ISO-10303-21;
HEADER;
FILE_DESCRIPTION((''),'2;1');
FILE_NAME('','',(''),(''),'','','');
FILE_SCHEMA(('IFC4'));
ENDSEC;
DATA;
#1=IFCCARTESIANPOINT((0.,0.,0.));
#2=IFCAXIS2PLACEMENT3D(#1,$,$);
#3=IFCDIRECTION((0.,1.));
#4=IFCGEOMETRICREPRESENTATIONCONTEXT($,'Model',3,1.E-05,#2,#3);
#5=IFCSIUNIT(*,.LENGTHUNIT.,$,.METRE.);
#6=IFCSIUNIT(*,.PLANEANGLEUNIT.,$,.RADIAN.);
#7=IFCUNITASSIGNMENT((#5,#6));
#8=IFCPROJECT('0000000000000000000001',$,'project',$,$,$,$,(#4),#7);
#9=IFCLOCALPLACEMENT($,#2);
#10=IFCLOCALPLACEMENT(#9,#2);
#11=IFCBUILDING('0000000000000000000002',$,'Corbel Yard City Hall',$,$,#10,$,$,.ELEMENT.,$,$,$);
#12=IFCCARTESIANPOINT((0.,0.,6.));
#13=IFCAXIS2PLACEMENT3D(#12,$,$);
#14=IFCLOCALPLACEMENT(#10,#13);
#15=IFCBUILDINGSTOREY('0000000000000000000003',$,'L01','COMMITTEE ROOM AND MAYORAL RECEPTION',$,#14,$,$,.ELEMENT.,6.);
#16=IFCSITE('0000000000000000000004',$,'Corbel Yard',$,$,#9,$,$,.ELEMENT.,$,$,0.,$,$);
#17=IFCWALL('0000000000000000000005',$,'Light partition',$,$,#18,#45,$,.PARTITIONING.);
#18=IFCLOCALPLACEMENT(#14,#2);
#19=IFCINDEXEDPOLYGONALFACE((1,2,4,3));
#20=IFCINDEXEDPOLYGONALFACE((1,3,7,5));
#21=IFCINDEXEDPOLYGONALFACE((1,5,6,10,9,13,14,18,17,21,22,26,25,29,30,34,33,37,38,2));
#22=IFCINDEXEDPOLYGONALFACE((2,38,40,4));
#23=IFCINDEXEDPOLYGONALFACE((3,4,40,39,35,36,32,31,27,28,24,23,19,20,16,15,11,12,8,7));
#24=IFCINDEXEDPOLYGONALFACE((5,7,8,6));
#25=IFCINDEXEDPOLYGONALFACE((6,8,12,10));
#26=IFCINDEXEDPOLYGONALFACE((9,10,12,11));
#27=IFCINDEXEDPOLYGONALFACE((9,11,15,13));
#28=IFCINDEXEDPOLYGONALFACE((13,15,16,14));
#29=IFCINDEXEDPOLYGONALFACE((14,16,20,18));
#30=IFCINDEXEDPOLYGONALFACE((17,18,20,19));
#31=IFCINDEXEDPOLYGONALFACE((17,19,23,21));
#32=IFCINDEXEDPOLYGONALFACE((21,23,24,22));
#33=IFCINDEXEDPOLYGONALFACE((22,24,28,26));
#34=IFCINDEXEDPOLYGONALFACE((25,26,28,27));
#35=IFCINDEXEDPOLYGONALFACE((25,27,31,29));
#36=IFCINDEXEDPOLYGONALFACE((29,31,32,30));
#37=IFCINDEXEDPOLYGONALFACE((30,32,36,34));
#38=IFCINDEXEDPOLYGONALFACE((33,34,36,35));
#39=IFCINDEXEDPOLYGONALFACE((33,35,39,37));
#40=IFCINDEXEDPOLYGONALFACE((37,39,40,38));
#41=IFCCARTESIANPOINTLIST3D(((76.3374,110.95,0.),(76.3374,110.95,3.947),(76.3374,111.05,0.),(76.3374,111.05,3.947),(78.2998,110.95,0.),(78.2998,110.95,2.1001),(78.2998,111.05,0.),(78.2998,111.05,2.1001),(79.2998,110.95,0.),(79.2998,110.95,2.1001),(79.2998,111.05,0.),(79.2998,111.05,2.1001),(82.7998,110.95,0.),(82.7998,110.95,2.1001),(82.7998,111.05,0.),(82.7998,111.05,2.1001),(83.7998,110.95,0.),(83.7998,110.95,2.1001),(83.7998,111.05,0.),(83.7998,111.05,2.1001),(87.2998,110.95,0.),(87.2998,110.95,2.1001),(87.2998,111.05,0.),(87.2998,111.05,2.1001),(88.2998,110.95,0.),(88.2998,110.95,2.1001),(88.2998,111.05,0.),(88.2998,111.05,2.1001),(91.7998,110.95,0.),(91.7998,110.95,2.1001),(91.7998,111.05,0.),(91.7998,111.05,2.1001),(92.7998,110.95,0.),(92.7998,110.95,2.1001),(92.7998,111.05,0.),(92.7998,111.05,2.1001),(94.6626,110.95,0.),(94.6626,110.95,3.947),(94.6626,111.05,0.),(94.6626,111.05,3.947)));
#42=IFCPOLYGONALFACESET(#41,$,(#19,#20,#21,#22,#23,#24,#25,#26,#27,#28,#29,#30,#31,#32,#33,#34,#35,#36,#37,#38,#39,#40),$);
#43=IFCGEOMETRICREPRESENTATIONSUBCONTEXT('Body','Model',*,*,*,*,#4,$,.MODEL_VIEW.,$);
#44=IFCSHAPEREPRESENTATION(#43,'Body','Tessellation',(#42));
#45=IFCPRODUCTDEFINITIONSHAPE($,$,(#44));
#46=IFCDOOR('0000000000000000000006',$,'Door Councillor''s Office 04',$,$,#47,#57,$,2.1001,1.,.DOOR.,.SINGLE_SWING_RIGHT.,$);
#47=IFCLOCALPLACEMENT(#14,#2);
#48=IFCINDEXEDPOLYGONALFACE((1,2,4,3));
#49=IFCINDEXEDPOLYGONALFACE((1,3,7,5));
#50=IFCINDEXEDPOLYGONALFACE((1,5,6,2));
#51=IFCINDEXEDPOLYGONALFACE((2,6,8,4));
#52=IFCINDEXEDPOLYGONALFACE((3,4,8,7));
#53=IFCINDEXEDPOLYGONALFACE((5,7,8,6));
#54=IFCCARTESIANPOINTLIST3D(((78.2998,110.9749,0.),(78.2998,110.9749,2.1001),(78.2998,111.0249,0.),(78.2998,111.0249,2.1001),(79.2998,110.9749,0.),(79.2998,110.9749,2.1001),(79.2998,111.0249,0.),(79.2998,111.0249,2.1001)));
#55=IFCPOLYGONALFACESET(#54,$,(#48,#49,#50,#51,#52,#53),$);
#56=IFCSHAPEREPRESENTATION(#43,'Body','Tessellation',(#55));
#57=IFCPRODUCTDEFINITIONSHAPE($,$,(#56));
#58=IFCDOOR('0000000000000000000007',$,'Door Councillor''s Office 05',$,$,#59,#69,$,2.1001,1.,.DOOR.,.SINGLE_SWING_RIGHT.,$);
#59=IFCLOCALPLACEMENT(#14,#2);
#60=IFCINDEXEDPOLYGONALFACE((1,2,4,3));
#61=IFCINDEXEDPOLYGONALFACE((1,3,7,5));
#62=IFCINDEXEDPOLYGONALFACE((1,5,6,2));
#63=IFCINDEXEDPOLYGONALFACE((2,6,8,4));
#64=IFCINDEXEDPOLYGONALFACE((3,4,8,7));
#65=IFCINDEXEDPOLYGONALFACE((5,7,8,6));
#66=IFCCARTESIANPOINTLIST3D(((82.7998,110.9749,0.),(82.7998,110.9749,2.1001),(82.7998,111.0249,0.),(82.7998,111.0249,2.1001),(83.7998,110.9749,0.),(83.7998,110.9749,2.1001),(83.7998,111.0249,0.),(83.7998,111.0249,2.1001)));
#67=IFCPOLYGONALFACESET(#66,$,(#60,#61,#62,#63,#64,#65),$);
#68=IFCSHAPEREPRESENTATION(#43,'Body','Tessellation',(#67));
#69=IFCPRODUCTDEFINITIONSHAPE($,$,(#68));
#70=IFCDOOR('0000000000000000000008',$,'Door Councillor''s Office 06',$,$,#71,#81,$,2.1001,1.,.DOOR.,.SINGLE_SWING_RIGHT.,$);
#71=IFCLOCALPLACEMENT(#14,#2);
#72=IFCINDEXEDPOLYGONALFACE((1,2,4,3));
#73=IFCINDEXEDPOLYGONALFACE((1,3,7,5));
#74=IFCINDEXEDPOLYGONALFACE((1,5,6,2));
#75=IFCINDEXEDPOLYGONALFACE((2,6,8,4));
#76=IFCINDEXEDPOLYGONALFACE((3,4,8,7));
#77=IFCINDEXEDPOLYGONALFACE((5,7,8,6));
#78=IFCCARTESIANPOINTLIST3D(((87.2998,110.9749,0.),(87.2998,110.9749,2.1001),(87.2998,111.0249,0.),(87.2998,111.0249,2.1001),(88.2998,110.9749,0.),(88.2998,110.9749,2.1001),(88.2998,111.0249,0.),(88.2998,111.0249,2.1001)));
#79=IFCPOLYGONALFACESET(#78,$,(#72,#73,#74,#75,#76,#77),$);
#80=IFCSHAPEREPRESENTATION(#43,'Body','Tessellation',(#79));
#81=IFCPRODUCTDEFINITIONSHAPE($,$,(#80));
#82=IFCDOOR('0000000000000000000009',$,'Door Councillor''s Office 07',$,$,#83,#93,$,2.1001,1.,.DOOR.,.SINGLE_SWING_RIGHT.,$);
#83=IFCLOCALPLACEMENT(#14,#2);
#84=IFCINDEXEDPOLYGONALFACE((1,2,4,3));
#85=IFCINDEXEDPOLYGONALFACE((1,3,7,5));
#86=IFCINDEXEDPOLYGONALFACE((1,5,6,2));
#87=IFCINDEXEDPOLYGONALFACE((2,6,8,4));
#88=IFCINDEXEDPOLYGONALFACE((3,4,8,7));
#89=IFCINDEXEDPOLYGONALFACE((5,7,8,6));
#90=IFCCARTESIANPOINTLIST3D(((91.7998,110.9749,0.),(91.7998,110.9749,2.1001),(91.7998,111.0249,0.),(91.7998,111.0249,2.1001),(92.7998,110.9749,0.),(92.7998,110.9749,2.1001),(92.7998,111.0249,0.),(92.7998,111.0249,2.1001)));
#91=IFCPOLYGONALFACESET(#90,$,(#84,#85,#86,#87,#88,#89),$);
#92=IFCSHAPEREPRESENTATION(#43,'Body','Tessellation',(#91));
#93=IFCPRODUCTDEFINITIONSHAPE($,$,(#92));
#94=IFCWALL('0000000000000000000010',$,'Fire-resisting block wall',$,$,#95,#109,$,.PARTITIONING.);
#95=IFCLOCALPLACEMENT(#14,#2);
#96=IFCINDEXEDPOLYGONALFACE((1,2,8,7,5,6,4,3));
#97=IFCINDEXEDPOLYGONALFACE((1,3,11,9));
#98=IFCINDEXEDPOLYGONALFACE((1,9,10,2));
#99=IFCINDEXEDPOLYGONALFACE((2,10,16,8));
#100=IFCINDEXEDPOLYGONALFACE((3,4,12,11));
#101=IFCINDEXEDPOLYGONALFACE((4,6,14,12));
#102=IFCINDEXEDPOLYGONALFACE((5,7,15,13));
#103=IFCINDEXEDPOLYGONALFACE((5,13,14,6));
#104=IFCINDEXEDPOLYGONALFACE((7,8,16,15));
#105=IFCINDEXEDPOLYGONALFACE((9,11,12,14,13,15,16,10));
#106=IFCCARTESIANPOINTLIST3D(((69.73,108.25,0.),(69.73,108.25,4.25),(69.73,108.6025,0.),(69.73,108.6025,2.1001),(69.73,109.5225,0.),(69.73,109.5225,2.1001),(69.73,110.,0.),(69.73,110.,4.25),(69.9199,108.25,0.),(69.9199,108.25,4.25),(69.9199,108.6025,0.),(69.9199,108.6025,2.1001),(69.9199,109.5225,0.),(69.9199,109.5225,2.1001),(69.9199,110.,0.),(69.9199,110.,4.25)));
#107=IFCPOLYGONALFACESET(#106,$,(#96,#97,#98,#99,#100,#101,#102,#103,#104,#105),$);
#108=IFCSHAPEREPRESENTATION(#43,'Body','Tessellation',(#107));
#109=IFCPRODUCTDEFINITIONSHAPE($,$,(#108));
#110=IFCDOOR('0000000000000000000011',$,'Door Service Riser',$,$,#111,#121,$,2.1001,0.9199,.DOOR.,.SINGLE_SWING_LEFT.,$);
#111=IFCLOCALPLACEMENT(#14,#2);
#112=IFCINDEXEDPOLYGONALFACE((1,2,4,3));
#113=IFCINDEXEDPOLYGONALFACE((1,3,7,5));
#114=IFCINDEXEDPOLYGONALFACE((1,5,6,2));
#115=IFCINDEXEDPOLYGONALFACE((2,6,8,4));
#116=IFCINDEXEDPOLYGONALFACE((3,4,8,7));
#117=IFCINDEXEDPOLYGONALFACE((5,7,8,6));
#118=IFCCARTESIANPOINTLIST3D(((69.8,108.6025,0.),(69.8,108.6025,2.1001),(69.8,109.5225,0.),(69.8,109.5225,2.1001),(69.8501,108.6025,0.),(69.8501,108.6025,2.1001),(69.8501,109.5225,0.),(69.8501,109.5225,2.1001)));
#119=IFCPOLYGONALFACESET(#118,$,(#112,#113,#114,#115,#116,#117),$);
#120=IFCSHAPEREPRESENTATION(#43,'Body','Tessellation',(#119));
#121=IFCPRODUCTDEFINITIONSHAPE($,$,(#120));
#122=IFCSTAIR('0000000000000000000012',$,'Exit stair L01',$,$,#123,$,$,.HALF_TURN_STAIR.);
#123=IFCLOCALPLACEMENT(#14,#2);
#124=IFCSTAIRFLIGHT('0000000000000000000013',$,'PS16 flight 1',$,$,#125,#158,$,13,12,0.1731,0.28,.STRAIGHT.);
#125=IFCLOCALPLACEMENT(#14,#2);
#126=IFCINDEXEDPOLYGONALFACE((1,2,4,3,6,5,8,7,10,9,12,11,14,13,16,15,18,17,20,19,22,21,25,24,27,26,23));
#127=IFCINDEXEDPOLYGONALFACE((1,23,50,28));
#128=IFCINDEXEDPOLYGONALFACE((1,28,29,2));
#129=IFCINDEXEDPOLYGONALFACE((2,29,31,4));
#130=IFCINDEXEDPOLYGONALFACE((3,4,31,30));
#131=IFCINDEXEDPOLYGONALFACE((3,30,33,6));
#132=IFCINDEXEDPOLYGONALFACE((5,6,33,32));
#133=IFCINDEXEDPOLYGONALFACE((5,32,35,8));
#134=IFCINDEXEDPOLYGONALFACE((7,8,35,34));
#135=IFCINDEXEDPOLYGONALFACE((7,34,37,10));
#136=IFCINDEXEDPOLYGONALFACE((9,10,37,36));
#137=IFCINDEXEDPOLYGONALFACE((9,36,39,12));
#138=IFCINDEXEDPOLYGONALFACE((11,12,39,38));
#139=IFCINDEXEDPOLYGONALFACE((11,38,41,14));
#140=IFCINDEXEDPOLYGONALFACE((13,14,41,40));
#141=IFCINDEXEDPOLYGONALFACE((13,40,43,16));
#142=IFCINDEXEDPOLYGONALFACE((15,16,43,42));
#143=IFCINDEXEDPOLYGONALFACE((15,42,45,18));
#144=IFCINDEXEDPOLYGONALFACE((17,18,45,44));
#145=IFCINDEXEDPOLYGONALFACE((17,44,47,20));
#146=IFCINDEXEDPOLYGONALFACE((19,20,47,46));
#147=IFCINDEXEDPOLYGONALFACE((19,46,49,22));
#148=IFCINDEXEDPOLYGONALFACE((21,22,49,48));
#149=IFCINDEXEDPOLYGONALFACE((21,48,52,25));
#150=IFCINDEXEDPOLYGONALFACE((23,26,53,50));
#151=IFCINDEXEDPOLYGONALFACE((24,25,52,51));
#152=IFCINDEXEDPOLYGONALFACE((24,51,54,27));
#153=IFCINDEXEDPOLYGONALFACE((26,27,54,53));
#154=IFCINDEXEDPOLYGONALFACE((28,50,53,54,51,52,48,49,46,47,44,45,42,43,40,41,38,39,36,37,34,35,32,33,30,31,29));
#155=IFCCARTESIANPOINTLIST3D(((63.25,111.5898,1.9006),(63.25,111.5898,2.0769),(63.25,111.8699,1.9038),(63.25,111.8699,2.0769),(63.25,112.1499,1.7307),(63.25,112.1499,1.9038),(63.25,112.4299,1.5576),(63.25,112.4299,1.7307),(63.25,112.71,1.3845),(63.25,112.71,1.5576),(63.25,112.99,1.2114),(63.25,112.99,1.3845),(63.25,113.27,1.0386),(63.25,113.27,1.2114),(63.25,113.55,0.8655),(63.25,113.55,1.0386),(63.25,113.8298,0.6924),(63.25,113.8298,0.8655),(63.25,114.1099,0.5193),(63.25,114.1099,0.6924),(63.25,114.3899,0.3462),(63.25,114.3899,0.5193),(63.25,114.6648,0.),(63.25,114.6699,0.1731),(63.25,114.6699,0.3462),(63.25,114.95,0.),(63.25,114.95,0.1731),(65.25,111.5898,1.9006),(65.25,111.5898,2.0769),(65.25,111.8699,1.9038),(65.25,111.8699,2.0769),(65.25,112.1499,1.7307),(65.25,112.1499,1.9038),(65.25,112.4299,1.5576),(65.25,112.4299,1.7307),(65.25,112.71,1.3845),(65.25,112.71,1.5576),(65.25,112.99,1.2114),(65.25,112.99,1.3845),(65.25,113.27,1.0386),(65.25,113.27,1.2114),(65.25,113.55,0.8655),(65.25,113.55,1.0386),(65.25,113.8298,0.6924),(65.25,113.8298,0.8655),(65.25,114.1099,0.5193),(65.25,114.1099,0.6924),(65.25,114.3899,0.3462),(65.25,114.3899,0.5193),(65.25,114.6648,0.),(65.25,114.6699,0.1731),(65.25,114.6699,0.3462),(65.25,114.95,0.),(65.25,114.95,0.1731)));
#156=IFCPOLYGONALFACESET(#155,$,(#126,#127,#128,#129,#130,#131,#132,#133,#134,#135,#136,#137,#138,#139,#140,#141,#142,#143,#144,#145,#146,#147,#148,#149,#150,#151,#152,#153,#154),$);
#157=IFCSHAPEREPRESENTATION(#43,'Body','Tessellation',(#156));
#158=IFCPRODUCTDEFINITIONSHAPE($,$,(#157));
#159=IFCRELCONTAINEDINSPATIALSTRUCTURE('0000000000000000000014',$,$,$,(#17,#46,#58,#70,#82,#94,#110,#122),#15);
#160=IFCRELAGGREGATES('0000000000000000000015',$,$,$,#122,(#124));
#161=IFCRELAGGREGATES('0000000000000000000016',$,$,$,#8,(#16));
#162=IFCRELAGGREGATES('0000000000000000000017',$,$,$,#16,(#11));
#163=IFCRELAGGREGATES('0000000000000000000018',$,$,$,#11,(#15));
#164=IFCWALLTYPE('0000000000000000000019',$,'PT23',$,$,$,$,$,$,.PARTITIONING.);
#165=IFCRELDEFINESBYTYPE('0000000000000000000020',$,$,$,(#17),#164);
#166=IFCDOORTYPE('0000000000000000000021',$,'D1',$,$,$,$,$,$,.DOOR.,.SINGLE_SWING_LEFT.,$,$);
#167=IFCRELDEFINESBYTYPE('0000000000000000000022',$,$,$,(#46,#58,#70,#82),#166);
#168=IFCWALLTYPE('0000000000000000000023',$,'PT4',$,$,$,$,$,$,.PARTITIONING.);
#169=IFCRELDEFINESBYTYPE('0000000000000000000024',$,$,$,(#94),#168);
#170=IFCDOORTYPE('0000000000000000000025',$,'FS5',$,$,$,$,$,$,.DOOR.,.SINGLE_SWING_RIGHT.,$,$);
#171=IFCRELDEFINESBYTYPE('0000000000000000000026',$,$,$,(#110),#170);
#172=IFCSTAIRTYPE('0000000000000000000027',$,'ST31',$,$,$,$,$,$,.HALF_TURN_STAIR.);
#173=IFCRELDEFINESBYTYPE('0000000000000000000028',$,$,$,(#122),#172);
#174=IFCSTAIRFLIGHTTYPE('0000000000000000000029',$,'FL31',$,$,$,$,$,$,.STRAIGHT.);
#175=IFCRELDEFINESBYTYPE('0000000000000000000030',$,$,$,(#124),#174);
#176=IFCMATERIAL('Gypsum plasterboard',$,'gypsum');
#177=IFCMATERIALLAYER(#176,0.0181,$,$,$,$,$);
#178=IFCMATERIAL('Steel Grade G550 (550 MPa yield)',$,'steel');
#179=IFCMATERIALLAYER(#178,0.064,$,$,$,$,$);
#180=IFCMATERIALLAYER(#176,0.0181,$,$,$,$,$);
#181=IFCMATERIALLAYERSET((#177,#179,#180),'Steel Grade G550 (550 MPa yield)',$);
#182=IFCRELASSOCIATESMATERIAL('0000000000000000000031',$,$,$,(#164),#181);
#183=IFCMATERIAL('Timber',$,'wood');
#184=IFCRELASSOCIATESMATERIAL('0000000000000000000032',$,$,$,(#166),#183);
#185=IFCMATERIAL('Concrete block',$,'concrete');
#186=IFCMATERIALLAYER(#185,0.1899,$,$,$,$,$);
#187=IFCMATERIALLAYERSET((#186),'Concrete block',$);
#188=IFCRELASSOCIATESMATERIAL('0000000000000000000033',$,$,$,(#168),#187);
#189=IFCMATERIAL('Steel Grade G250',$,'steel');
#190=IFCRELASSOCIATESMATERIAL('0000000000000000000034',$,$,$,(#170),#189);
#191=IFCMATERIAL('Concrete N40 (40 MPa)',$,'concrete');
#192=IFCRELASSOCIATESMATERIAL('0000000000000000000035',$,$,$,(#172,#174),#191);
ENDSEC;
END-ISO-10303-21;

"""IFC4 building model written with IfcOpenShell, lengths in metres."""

from ifc_helpers import new_model, si_unit, direction, frame, frame_2d, origin, place, context, subcontext, project, spatial, polyline, rectangle, outline, extrude, material, layer, layer_set, type_object, element, fill, aggregate, save


model = new_model("IFC4")

# Units and contexts
model_context = context("Model", 3, precision=1e-05, world=origin(), true_north=direction((0.0, 1.0)))
body_context = subcontext(model_context, "Body", "Model", "MODEL_VIEW")
ifc_project = project(units=[si_unit("LENGTHUNIT", "METRE"), si_unit("PLANEANGLEUNIT", "RADIAN")], contexts=[model_context])

# Site, building, storey
site_placement = place(None, origin())
site = spatial("IfcSite", under=ifc_project, at=site_placement, Name="Corbel Yard", CompositionType="ELEMENT", RefElevation=0.0)
building_placement = place(site_placement, origin())
building = spatial("IfcBuilding", under=site, at=building_placement, Name="Corbel Yard City Hall", CompositionType="ELEMENT")
storey_placement = place(building_placement, frame((0.0, 0.0, 6.0)))
storey = spatial("IfcBuildingStorey", under=building, at=storey_placement, Name="L01", Description="COMMITTEE ROOM AND MAYORAL RECEPTION", CompositionType="ELEMENT", Elevation=6.0)

# Shared definitions
ifc_material_1 = material(Name="Concrete N40 (40 MPa)", Category="concrete")
ifc_material_2 = material(Name="Steel Grade G250", Category="steel")

# Shared definitions
ifc_material_3 = material(Name="Gypsum plasterboard", Category="gypsum")
ifc_material_4 = material(Name="Steel Grade G550 (550 MPa yield)", Category="steel")

# Shared definitions
ifc_layer_1 = layer(ifc_material_3, 0.0181)
ifc_layer_2 = layer(ifc_material_4, 0.064)
ifc_layer_3 = layer(ifc_material_3, 0.0181)
ifc_layer_set_1 = layer_set([ifc_layer_1, ifc_layer_2, ifc_layer_3], Name="Steel Grade G550 (550 MPa yield)")
wall_type_1 = type_object("IfcWallType", Name="PT23", PredefinedType="PARTITIONING", material=ifc_layer_set_1)
ifc_material_5 = material(Name="Timber", Category="wood")
door_type_1 = type_object("IfcDoorType", Name="D1", OperationType="SINGLE_SWING_LEFT", PredefinedType="DOOR", material=ifc_material_5)

# Wall, openings, doors
wall_1_placement = place(storey_placement, frame((76.3374, 111.0, 0.0), z_axis=(0.0, 0.0, 1.0), x_axis=(1.0, 0.0, 0.0)))
wall_1 = element("IfcWall", 1, at=wall_1_placement, inside=storey, type_object=wall_type_1, Name="Light partition", PredefinedType="PARTITIONING", context=body_context, shape_type="SweptSolid", body=[
    extrude(rectangle(XDim=18.3252, YDim=0.1001, at=frame_2d((9.1626, 0.0))), origin(), (0.0, 0.0, 1.0), 3.947),
])
opening_1_placement = place(wall_1_placement, frame((1.9624, 0.0, 0.0)))
opening_1 = element("IfcOpeningElement", 2, at=opening_1_placement, cuts=wall_1, PredefinedType="OPENING", context=body_context, shape_type="SweptSolid", body=[
    extrude(rectangle(XDim=1.0, YDim=2.1001, at=frame_2d((0.5, 1.05))), frame((0.0, 0.0601, 0.0), z_axis=(0.0, -1.0, 0.0), x_axis=(1.0, 0.0, 0.0)), (0.0, 0.0, 1.0), 0.1201),
])
opening_2_placement = place(wall_1_placement, frame((6.4624, 0.0, 0.0)))
opening_2 = element("IfcOpeningElement", 3, at=opening_2_placement, cuts=wall_1, PredefinedType="OPENING", context=body_context, shape_type="SweptSolid", body=[
    extrude(rectangle(XDim=1.0, YDim=2.1001, at=frame_2d((0.5, 1.05))), frame((0.0, 0.0601, 0.0), z_axis=(0.0, -1.0, 0.0), x_axis=(1.0, 0.0, 0.0)), (0.0, 0.0, 1.0), 0.1201),
])
opening_3_placement = place(wall_1_placement, frame((10.9624, 0.0, 0.0)))
opening_3 = element("IfcOpeningElement", 4, at=opening_3_placement, cuts=wall_1, PredefinedType="OPENING", context=body_context, shape_type="SweptSolid", body=[
    extrude(rectangle(XDim=1.0, YDim=2.1001, at=frame_2d((0.5, 1.05))), frame((0.0, 0.0601, 0.0), z_axis=(0.0, -1.0, 0.0), x_axis=(1.0, 0.0, 0.0)), (0.0, 0.0, 1.0), 0.1201),
])
opening_4_placement = place(wall_1_placement, frame((15.4624, 0.0, 0.0)))
opening_4 = element("IfcOpeningElement", 5, at=opening_4_placement, cuts=wall_1, PredefinedType="OPENING", context=body_context, shape_type="SweptSolid", body=[
    extrude(rectangle(XDim=1.0, YDim=2.1001, at=frame_2d((0.5, 1.05))), frame((0.0, 0.0601, 0.0), z_axis=(0.0, -1.0, 0.0), x_axis=(1.0, 0.0, 0.0)), (0.0, 0.0, 1.0), 0.1201),
])
door_1_placement = place(opening_1_placement, origin())
door_1 = element("IfcDoor", 6, at=door_1_placement, inside=storey, type_object=door_type_1, Name="Door Councillor's Office 04", OperationType="SINGLE_SWING_RIGHT", OverallHeight=2.1001, OverallWidth=1.0, PredefinedType="DOOR", context=body_context, shape_type="SweptSolid", body=[
    extrude(rectangle(XDim=1.0, YDim=2.1001, at=frame_2d((0.5, 1.05))), frame((0.0, 0.0249, 0.0), z_axis=(0.0, -1.0, 0.0), x_axis=(1.0, 0.0, 0.0)), (0.0, 0.0, 1.0), 0.05),
])
fill(opening_1, door_1)
door_2_placement = place(opening_2_placement, origin())
door_2 = element("IfcDoor", 7, at=door_2_placement, inside=storey, type_object=door_type_1, Name="Door Councillor's Office 05", OperationType="SINGLE_SWING_RIGHT", OverallHeight=2.1001, OverallWidth=1.0, PredefinedType="DOOR", context=body_context, shape_type="SweptSolid", body=[
    extrude(rectangle(XDim=1.0, YDim=2.1001, at=frame_2d((0.5, 1.05))), frame((0.0, 0.0249, 0.0), z_axis=(0.0, -1.0, 0.0), x_axis=(1.0, 0.0, 0.0)), (0.0, 0.0, 1.0), 0.05),
])
fill(opening_2, door_2)
door_3_placement = place(opening_3_placement, origin())
door_3 = element("IfcDoor", 8, at=door_3_placement, inside=storey, type_object=door_type_1, Name="Door Councillor's Office 06", OperationType="SINGLE_SWING_RIGHT", OverallHeight=2.1001, OverallWidth=1.0, PredefinedType="DOOR", context=body_context, shape_type="SweptSolid", body=[
    extrude(rectangle(XDim=1.0, YDim=2.1001, at=frame_2d((0.5, 1.05))), frame((0.0, 0.0249, 0.0), z_axis=(0.0, -1.0, 0.0), x_axis=(1.0, 0.0, 0.0)), (0.0, 0.0, 1.0), 0.05),
])
fill(opening_3, door_3)
door_4_placement = place(opening_4_placement, origin())
door_4 = element("IfcDoor", 9, at=door_4_placement, inside=storey, type_object=door_type_1, Name="Door Councillor's Office 07", OperationType="SINGLE_SWING_RIGHT", OverallHeight=2.1001, OverallWidth=1.0, PredefinedType="DOOR", context=body_context, shape_type="SweptSolid", body=[
    extrude(rectangle(XDim=1.0, YDim=2.1001, at=frame_2d((0.5, 1.05))), frame((0.0, 0.0249, 0.0), z_axis=(0.0, -1.0, 0.0), x_axis=(1.0, 0.0, 0.0)), (0.0, 0.0, 1.0), 0.05),
])
fill(opening_4, door_4)

# Wall, opening, door
ifc_material_6 = material(Name="Concrete block", Category="concrete")
ifc_layer_4 = layer(ifc_material_6, 0.1899)
ifc_layer_set_2 = layer_set([ifc_layer_4], Name="Concrete block")
wall_type_2 = type_object("IfcWallType", Name="PT4", PredefinedType="PARTITIONING", material=ifc_layer_set_2)
wall_2_placement = place(storey_placement, frame((69.825, 108.25, 0.0), z_axis=(0.0, 0.0, 1.0), x_axis=(0.0, 1.0, 0.0)))
wall_2 = element("IfcWall", 10, at=wall_2_placement, inside=storey, type_object=wall_type_2, Name="Fire-resisting block wall", PredefinedType="PARTITIONING", context=body_context, shape_type="SweptSolid", body=[
    extrude(rectangle(XDim=1.75, YDim=0.1899, at=frame_2d((0.875, 0.0))), origin(), (0.0, 0.0, 1.0), 4.25),
])
opening_5_placement = place(wall_2_placement, frame((0.3525, 0.0, 0.0)))
opening_5 = element("IfcOpeningElement", 11, at=opening_5_placement, cuts=wall_2, PredefinedType="OPENING", context=body_context, shape_type="SweptSolid", body=[
    extrude(rectangle(XDim=0.9199, YDim=2.1001, at=frame_2d((0.46, 1.05))), frame((0.0, 0.105, 0.0), z_axis=(0.0, -1.0, 0.0), x_axis=(1.0, 0.0, 0.0)), (0.0, 0.0, 1.0), 0.21),
])
door_type_2 = type_object("IfcDoorType", Name="FS5", OperationType="SINGLE_SWING_RIGHT", PredefinedType="DOOR", material=ifc_material_2)
door_5_placement = place(opening_5_placement, origin())
door_5 = element("IfcDoor", 12, at=door_5_placement, inside=storey, type_object=door_type_2, Name="Door Service Riser", OperationType="SINGLE_SWING_LEFT", OverallHeight=2.1001, OverallWidth=0.9199, PredefinedType="DOOR", context=body_context, shape_type="SweptSolid", body=[
    extrude(rectangle(XDim=0.9199, YDim=2.1001, at=frame_2d((0.46, 1.05))), frame((0.0, 0.0249, 0.0), z_axis=(0.0, -1.0, 0.0), x_axis=(1.0, 0.0, 0.0)), (0.0, 0.0, 1.0), 0.05),
])
fill(opening_5, door_5)

# Stair, stair flight
stair_type = type_object("IfcStairType", Name="ST31", PredefinedType="HALF_TURN_STAIR", material=ifc_material_1)
stair_placement = place(storey_placement, origin())
stair = element("IfcStair", 13, at=stair_placement, inside=storey, type_object=stair_type, Name="Exit stair L01", PredefinedType="HALF_TURN_STAIR")
stair_flight_type = type_object("IfcStairFlightType", Name="FL31", PredefinedType="STRAIGHT", material=ifc_material_1)
stair_flight_1_placement = place(storey_placement, frame((64.25, 114.95, 0.0), z_axis=(0.0, 0.0, 1.0), x_axis=(0.0, -1.0, 0.0)))
stair_flight_1 = element("IfcStairFlight", 14, at=stair_flight_1_placement, type_object=stair_flight_type, Name="PS16 flight 1", NumberOfRisers=13, NumberOfTreads=12, PredefinedType="STRAIGHT", RiserHeight=0.1731, TreadLength=0.28, context=body_context, shape_type="SweptSolid", body=[
    extrude(outline(polyline([(0.0, 0.0), (0.0, 0.1731), (0.28, 0.1731), (0.28, 0.3462), (0.5601, 0.3462), (0.5601, 0.5193), (0.8401, 0.5193), (0.8401, 0.6924), (1.1201, 0.6924), (1.1201, 0.8655), (1.3999, 0.8655), (1.3999, 1.0386), (1.6799, 1.0386), (1.6799, 1.2114), (1.96, 1.2114), (1.96, 1.3845), (2.24, 1.3845), (2.24, 1.5576), (2.52, 1.5576), (2.52, 1.7307), (2.8, 1.7307), (2.8, 1.9038), (3.0801, 1.9038), (3.0801, 2.0769), (3.3601, 2.0769), (3.3601, 2.25), (3.3601, 1.9006), (0.2852, 0.0), (0.0, 0.0)])), frame((0.0, 1.0, 0.0), z_axis=(0.0, -1.0, 0.0), x_axis=(1.0, 0.0, 0.0)), (0.0, 0.0, 1.0), 2.0),
])
aggregate(stair, [stair_flight_1])

save(model, "model.ifc")
